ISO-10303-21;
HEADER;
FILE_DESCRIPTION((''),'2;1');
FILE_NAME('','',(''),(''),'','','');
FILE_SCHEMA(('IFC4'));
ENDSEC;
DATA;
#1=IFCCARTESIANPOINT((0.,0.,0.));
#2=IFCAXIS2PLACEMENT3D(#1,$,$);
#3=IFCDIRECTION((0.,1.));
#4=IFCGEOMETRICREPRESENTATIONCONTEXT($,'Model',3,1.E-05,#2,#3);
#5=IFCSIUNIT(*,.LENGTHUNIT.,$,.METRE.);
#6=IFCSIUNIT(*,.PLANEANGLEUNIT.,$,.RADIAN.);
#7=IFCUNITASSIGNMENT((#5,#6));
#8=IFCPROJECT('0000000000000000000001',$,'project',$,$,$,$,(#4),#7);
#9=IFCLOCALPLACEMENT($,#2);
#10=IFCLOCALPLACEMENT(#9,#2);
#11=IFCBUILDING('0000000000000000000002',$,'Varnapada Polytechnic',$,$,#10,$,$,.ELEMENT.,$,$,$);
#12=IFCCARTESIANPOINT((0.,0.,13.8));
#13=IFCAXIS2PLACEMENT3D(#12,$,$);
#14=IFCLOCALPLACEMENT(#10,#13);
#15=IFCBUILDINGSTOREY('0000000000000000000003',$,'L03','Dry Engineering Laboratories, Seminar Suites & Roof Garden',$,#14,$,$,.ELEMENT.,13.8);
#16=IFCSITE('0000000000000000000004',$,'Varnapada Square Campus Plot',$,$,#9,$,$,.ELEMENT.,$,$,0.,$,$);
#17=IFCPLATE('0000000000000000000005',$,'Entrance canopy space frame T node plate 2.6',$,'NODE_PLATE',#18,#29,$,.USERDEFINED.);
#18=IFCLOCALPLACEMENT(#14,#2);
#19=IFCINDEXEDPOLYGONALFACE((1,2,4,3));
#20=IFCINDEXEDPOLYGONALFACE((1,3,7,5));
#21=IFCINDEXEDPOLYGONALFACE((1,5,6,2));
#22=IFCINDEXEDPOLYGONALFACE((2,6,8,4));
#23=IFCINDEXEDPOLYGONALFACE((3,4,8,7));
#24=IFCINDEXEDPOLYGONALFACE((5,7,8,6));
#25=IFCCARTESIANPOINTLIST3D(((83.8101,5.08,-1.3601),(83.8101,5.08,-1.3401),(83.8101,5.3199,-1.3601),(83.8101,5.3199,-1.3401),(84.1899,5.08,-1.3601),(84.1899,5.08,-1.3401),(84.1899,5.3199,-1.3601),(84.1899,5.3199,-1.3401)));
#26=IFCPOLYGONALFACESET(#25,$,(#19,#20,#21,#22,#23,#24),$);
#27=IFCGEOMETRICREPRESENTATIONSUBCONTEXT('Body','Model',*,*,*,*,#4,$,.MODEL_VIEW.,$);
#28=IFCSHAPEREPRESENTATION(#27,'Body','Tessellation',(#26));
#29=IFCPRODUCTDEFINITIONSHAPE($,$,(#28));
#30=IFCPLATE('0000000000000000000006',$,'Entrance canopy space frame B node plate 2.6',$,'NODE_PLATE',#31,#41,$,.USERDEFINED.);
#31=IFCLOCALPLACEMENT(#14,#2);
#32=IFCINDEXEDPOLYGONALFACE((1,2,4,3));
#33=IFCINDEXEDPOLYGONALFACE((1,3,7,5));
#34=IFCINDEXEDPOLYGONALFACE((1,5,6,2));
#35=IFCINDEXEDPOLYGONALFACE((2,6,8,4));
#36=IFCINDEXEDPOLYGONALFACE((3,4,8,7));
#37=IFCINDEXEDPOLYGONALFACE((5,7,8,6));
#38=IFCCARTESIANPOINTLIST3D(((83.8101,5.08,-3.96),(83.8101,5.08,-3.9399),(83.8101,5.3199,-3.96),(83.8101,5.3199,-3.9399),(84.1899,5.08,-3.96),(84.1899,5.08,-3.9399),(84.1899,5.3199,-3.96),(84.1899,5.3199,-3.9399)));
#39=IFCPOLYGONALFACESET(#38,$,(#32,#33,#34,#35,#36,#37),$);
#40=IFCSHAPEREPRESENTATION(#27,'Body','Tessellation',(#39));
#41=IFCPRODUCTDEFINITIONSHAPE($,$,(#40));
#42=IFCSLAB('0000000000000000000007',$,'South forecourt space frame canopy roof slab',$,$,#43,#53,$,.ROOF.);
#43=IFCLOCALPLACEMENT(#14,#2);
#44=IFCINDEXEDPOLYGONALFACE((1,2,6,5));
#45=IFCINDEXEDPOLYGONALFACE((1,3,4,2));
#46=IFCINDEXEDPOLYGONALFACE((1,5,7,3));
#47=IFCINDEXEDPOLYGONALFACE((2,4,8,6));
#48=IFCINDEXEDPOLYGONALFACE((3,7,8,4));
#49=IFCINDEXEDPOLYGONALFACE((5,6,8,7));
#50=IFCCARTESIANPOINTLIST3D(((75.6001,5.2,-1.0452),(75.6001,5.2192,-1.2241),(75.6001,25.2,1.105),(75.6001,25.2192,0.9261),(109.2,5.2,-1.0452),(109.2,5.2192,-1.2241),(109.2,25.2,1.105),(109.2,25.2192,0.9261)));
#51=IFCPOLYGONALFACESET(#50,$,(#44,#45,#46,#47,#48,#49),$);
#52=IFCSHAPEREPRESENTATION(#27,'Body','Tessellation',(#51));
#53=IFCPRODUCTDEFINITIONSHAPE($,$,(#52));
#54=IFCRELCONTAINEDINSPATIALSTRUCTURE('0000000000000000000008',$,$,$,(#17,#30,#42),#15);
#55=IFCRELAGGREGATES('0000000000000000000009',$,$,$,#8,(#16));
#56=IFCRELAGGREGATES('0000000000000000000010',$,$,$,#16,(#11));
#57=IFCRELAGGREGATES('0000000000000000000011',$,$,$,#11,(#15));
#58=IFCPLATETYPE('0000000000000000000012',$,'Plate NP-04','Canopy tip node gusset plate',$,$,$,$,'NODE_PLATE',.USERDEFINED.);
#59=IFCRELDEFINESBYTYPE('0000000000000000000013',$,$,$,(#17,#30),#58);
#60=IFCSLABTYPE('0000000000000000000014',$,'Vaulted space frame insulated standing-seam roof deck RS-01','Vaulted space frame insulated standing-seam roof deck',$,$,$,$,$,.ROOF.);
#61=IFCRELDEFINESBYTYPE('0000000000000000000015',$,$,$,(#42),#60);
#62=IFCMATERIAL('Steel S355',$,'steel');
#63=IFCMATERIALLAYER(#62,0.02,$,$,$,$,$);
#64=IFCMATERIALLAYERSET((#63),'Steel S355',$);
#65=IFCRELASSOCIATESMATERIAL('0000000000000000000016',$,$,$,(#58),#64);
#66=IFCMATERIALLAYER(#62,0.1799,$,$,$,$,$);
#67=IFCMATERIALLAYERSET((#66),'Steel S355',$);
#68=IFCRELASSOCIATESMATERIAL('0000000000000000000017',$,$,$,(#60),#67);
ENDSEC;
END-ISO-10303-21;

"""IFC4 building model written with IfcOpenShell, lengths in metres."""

from ifc_helpers import new_model, si_unit, direction, frame, origin, origin_2d, place, context, subcontext, project, spatial, polyline, rectangle, outline, extrude, material, layer, layer_set, type_object, element, save


model = new_model("IFC4")

# Units and contexts
model_context = context("Model", 3, precision=1e-05, world=origin(), true_north=direction((0.0, 1.0)))
body_context = subcontext(model_context, "Body", "Model", "MODEL_VIEW")
ifc_project = project(units=[si_unit("LENGTHUNIT", "METRE"), si_unit("PLANEANGLEUNIT", "RADIAN")], contexts=[model_context])

# Site, building, storey
site_placement = place(None, origin())
site = spatial("IfcSite", under=ifc_project, at=site_placement, Name="Varnapada Square Campus Plot", CompositionType="ELEMENT", RefElevation=0.0)
building_placement = place(site_placement, origin())
building = spatial("IfcBuilding", under=site, at=building_placement, Name="Varnapada Polytechnic", CompositionType="ELEMENT")
storey_placement = place(building_placement, frame((0.0, 0.0, 13.8)))
storey = spatial("IfcBuildingStorey", under=building, at=storey_placement, Name="L03", Description="Dry Engineering Laboratories, Seminar Suites & Roof Garden", CompositionType="ELEMENT", Elevation=13.8)

# Shared definitions
ifc_material = material(Name="Steel S355", Category="steel")

# Plates
ifc_layer_1 = layer(ifc_material, 0.02)
ifc_layer_set_1 = layer_set([ifc_layer_1], Name="Steel S355")
plate_type_1 = type_object("IfcPlateType", Name="Plate NP-04", Description="Canopy tip node gusset plate", ElementType="NODE_PLATE", PredefinedType="USERDEFINED", material=ifc_layer_set_1)
for number, where, z_axis, x_axis, name in (
    (1, (84.0, 5.2, -1.3601), (0.0, 0.0, 1.0), (1.0, 0.0, 0.0), "Entrance canopy space frame T node plate 2.6"),
    (2, (84.0, 5.2, -3.96), (0.0, 0.0, 1.0), (1.0, 0.0, 0.0), "Entrance canopy space frame B node plate 2.6"),
):
    element("IfcPlate", number, at=place(storey_placement, frame(where, z_axis=z_axis, x_axis=x_axis)), inside=storey, type_object=plate_type_1, Name=name, ObjectType="NODE_PLATE", PredefinedType="USERDEFINED", context=body_context, shape_type="SweptSolid", body=[
        extrude(rectangle(XDim=0.3799, YDim=0.24, at=origin_2d()), origin(), (0.0, 0.0, 1.0), 0.02),
    ])

# Slab
ifc_layer_2 = layer(ifc_material, 0.1799)
ifc_layer_set_2 = layer_set([ifc_layer_2], Name="Steel S355")
slab_type = type_object("IfcSlabType", Name="Vaulted space frame insulated standing-seam roof deck RS-01", Description="Vaulted space frame insulated standing-seam roof deck", PredefinedType="ROOF", material=ifc_layer_set_2)
slab_placement = place(storey_placement, frame((75.6001, 5.2, -1.0452), z_axis=(0.0, -0.106891, 0.994271), x_axis=(1.0, 0.0, 0.0)))
element("IfcSlab", 3, at=slab_placement, inside=storey, type_object=slab_type, Name="South forecourt space frame canopy roof slab", PredefinedType="ROOF", context=body_context, shape_type="SweptSolid", body=[
    extrude(outline(polyline([(0.0, 0.0), (33.5999, 0.0), (33.5999, 20.1152), (0.0, 20.1152), (0.0, 0.0)])), origin(), (0.0, 0.0, -1.0), 0.1799),
])

save(model, "model.ifc")
